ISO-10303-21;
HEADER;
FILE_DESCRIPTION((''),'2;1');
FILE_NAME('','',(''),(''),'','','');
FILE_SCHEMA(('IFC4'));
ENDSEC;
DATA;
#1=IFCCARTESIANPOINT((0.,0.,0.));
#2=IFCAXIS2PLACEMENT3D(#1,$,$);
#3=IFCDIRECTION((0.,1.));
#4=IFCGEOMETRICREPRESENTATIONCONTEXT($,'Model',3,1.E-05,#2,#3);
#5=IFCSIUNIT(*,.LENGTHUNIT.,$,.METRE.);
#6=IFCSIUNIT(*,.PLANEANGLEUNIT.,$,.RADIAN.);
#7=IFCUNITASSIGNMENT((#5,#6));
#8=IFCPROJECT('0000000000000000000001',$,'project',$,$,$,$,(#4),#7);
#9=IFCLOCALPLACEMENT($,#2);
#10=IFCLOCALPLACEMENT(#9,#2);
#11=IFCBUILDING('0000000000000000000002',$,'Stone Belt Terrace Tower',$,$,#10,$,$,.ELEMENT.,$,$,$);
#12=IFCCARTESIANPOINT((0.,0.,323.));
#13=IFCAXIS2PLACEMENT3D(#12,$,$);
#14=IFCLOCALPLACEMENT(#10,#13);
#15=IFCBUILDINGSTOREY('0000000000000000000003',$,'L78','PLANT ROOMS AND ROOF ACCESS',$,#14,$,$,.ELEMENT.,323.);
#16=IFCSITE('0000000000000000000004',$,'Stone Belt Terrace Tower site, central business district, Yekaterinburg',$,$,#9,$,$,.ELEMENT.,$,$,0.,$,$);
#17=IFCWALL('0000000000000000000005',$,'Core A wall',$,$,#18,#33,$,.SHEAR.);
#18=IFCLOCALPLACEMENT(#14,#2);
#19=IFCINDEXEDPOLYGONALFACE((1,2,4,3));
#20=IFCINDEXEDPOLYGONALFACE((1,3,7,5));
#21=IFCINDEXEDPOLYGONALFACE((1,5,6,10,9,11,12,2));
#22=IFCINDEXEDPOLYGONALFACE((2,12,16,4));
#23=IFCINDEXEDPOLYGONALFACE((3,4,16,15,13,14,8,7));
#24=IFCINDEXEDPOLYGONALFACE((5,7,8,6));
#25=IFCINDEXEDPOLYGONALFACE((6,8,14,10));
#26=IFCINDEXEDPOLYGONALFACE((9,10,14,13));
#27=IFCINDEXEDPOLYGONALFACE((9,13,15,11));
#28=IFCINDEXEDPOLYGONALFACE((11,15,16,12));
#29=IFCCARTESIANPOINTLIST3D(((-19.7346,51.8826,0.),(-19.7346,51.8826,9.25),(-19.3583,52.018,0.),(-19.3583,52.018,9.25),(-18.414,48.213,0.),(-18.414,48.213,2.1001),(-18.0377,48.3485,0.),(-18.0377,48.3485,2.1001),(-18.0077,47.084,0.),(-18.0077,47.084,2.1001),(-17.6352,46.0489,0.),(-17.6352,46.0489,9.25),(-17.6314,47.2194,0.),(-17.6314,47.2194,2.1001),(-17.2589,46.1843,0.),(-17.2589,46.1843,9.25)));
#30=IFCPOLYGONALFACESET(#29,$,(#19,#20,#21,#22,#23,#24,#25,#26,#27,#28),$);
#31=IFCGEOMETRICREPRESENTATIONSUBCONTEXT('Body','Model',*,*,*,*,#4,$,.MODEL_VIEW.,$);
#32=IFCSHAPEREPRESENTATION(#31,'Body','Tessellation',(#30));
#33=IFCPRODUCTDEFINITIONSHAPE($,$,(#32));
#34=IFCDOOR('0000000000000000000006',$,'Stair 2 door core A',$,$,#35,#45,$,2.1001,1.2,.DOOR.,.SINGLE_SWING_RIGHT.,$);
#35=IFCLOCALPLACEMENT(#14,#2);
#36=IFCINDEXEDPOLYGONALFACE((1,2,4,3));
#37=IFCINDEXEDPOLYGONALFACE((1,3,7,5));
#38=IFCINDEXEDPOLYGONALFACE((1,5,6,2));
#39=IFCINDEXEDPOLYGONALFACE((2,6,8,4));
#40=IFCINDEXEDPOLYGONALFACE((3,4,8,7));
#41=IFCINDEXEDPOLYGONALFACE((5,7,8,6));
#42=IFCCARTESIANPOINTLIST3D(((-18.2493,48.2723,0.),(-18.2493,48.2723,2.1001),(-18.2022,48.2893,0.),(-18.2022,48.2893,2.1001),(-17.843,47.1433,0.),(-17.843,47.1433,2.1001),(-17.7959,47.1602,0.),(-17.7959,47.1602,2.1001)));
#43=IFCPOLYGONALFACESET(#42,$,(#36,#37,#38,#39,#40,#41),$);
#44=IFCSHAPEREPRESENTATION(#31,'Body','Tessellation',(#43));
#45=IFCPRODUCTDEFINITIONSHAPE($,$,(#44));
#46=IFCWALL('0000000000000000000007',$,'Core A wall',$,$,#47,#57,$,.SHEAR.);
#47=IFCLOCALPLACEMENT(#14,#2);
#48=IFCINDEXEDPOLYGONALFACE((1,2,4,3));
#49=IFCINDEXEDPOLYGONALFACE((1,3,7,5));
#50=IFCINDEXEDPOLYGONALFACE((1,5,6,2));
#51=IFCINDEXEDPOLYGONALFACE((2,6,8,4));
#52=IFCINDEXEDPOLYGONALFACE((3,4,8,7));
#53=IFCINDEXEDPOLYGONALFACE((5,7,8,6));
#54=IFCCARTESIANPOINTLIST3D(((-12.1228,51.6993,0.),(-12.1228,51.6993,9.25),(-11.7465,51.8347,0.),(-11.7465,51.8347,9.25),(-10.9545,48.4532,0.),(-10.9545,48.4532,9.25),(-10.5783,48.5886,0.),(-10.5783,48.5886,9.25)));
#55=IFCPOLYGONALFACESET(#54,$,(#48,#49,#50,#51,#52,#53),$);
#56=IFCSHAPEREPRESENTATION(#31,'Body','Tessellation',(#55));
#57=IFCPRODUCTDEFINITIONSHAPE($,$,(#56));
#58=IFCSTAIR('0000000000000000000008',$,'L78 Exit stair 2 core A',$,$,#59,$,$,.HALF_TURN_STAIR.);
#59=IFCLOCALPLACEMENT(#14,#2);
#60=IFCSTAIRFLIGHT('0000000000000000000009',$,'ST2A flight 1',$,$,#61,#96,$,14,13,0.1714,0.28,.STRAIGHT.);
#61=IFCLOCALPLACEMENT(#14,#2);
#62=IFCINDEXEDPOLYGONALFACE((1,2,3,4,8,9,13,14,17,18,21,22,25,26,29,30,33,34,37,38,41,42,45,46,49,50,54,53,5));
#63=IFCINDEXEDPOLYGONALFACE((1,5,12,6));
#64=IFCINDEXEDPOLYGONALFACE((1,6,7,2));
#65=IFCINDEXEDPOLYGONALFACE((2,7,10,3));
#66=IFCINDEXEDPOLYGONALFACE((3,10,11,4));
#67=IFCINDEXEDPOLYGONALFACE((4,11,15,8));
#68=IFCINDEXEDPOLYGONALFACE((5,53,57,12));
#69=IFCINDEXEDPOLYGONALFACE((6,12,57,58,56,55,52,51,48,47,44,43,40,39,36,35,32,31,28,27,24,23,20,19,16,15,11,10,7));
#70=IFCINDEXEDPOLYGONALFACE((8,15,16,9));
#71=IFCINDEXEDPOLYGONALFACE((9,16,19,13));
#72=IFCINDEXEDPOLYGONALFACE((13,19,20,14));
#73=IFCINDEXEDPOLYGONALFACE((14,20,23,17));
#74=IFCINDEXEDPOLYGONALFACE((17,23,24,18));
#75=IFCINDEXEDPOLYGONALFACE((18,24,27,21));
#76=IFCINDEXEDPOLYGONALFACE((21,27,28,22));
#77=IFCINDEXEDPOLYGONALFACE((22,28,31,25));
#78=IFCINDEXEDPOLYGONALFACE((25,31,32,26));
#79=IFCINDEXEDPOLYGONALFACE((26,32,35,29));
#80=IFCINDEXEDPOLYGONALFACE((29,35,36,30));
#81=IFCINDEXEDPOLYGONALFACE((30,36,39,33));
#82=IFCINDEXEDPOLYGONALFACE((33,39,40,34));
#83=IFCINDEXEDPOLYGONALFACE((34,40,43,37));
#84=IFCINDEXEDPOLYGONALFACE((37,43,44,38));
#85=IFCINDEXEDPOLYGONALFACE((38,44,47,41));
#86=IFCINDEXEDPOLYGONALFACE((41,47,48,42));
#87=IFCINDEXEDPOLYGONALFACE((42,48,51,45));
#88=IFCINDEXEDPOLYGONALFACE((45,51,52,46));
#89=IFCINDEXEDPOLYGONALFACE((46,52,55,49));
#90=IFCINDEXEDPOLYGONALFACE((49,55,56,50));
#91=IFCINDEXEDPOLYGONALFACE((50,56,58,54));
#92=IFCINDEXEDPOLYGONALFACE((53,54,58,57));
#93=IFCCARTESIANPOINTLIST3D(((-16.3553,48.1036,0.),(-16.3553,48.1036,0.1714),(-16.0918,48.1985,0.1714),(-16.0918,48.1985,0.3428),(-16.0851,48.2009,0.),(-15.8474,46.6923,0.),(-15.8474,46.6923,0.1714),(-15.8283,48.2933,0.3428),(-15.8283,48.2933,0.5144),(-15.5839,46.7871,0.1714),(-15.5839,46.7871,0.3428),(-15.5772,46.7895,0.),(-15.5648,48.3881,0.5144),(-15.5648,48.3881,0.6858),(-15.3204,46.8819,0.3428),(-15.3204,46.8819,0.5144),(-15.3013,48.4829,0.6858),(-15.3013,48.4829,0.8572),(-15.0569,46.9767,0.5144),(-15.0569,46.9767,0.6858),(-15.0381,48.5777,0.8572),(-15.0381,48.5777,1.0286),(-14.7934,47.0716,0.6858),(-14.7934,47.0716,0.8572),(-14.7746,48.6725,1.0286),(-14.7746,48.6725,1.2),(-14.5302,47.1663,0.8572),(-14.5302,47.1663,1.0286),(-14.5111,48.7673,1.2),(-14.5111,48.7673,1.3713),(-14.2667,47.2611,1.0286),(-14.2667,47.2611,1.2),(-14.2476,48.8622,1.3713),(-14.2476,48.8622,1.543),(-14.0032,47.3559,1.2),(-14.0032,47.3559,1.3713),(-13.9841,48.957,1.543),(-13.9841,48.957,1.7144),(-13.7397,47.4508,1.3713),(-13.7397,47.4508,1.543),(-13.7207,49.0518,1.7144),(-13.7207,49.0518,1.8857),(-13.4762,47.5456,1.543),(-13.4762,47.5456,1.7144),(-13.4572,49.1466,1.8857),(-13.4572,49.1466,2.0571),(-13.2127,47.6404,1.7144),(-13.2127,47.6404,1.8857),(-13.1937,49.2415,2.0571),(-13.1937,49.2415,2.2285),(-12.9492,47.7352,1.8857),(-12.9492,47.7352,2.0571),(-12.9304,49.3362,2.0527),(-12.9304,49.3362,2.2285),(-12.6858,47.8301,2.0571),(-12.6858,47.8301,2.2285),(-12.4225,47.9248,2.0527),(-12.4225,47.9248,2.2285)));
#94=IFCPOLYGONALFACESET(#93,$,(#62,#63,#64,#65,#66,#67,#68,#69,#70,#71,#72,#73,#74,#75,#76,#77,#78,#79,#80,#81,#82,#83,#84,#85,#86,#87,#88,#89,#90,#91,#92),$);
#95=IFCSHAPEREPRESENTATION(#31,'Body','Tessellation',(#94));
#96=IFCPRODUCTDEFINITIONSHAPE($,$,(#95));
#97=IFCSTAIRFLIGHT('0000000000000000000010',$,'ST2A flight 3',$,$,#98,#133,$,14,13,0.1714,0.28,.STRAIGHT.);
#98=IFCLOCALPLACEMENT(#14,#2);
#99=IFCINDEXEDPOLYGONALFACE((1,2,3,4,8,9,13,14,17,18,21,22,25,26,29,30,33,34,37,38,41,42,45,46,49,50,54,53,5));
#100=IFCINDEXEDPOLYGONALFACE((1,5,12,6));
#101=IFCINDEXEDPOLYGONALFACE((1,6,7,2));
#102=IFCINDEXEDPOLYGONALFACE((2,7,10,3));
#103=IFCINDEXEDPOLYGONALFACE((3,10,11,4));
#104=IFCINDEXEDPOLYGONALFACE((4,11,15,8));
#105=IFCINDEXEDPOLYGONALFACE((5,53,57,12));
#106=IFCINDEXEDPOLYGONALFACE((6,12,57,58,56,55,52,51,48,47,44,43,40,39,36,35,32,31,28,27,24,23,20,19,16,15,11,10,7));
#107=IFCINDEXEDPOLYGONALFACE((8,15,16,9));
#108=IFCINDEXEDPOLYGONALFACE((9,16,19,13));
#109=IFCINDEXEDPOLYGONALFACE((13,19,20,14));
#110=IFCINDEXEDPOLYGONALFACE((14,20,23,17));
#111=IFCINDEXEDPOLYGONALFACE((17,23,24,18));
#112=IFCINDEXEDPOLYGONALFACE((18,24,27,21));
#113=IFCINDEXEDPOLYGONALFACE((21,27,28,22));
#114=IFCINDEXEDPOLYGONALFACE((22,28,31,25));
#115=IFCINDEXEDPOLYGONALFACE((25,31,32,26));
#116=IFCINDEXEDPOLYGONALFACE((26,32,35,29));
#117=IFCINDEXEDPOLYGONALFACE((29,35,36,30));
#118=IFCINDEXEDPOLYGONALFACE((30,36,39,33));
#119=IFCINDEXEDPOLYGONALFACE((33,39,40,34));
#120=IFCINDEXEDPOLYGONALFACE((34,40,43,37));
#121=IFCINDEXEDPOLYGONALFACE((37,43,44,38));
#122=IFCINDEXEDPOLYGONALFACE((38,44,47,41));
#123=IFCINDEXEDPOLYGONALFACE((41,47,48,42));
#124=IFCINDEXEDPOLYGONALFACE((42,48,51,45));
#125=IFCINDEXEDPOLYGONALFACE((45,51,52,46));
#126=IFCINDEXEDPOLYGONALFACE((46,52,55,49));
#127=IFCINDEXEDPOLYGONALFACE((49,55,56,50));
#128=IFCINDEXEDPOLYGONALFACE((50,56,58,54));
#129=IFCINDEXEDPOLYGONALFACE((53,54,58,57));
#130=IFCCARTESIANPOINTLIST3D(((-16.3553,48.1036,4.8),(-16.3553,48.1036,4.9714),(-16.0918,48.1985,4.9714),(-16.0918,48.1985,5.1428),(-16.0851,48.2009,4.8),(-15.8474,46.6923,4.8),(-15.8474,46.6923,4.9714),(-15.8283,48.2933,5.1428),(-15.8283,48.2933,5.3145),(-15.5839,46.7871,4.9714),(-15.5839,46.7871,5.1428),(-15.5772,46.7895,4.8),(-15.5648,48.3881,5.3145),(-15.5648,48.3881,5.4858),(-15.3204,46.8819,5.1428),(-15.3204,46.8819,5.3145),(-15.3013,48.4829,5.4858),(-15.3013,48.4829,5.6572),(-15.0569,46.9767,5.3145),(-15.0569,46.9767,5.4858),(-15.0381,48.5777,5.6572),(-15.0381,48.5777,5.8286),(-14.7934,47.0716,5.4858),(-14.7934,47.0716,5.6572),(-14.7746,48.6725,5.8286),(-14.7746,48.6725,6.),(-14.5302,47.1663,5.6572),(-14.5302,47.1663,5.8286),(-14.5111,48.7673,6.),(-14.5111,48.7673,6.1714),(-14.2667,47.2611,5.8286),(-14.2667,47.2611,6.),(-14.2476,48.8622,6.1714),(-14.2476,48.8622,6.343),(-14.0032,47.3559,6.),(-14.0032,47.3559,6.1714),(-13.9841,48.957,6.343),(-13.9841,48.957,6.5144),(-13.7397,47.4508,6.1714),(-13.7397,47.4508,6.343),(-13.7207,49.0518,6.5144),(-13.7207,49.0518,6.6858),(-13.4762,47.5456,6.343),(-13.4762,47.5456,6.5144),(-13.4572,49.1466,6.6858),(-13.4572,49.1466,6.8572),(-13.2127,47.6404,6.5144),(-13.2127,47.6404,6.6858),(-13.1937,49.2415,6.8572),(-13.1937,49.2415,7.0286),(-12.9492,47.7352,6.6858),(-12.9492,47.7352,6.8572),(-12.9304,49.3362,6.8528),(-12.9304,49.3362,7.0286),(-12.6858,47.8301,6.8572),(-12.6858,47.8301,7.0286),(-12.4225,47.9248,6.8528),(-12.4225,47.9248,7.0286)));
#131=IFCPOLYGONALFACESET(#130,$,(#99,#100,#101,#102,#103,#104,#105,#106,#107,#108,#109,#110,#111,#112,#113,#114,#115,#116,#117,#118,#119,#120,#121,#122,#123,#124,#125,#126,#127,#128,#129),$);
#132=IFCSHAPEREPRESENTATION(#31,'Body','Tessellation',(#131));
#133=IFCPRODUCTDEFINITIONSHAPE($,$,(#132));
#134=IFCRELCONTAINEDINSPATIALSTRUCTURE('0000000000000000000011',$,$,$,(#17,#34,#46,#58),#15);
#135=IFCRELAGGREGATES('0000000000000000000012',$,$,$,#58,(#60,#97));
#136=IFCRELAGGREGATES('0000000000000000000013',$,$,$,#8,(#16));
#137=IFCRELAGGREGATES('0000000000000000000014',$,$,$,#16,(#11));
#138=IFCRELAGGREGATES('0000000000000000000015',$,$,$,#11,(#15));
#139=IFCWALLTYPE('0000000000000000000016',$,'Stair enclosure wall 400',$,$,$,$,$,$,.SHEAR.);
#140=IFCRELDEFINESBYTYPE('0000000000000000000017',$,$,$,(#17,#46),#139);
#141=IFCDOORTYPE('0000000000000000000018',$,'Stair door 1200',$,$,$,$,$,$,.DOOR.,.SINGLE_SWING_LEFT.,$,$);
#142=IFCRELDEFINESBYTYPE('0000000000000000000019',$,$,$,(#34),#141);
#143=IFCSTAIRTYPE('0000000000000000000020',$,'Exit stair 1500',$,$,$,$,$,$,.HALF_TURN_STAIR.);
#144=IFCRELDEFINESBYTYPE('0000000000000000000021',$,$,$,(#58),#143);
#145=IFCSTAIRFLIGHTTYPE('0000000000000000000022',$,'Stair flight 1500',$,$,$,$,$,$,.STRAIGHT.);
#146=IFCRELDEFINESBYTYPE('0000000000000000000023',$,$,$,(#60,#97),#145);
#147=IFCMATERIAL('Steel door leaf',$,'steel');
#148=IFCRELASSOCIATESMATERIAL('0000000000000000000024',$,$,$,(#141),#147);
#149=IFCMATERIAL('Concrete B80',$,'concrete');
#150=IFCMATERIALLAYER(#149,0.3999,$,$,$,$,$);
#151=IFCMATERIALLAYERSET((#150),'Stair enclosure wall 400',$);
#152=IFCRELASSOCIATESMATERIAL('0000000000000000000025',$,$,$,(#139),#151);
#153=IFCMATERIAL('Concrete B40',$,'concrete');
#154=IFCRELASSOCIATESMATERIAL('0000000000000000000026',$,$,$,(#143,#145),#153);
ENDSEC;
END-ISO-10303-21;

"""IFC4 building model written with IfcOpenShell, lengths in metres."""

from ifc_helpers import new_model, si_unit, direction, frame, frame_2d, origin, place, context, subcontext, project, spatial, polyline, rectangle, outline, extrude, material, layer, layer_set, type_object, element, fill, aggregate, save


model = new_model("IFC4")

# Units and contexts
model_context = context("Model", 3, precision=1e-05, world=origin(), true_north=direction((0.0, 1.0)))
body_context = subcontext(model_context, "Body", "Model", "MODEL_VIEW")
ifc_project = project(units=[si_unit("LENGTHUNIT", "METRE"), si_unit("PLANEANGLEUNIT", "RADIAN")], contexts=[model_context])

# Site, building, storey
site_placement = place(None, origin())
site = spatial("IfcSite", under=ifc_project, at=site_placement, Name="Stone Belt Terrace Tower site, central business district, Yekaterinburg", CompositionType="ELEMENT", RefElevation=0.0)
building_placement = place(site_placement, origin())
building = spatial("IfcBuilding", under=site, at=building_placement, Name="Stone Belt Terrace Tower", CompositionType="ELEMENT")
storey_placement = place(building_placement, frame((0.0, 0.0, 323.0)))
storey = spatial("IfcBuildingStorey", under=building, at=storey_placement, Name="L78", Description="PLANT ROOMS AND ROOF ACCESS", CompositionType="ELEMENT", Elevation=323.0)

# Wall, opening, door
ifc_material_1 = material(Name="Steel door leaf", Category="steel")
door_type_1 = type_object("IfcDoorType", Name="Stair door 1200", OperationType="SINGLE_SWING_LEFT", PredefinedType="DOOR", material=ifc_material_1)
ifc_material_2 = material(Name="Concrete B80", Category="concrete")
ifc_layer_1 = layer(ifc_material_2, 0.3999)
ifc_layer_set_1 = layer_set([ifc_layer_1], Name="Stair enclosure wall 400")
wall_type_1 = type_object("IfcWallType", Name="Stair enclosure wall 400", PredefinedType="SHEAR", material=ifc_layer_set_1)
wall_1_placement = place(storey_placement, frame((-17.447, 46.1165, 0.0), z_axis=(0.0, 0.0, 1.0), x_axis=(-0.338608, 0.940928, 0.0)))
wall_1 = element("IfcWall", 1, at=wall_1_placement, inside=storey, type_object=wall_type_1, Name="Core A wall", PredefinedType="SHEAR", context=body_context, shape_type="SweptSolid", body=[
    extrude(rectangle(XDim=6.2, YDim=0.3999, at=frame_2d((3.1001, 0.0))), origin(), (0.0, 0.0, 1.0), 9.25),
])
opening_1_placement = place(wall_1_placement, frame((1.1001, 0.0, 0.0)))
opening_1 = element("IfcOpeningElement", 2, at=opening_1_placement, cuts=wall_1, PredefinedType="OPENING", context=body_context, shape_type="SweptSolid", body=[
    extrude(rectangle(XDim=1.2, YDim=2.1001, at=frame_2d((0.6001, 1.05))), frame((0.0, 0.21, 0.0), z_axis=(0.0, -1.0, 0.0), x_axis=(1.0, 0.0, 0.0)), (0.0, 0.0, 1.0), 0.4199),
])
door_1_placement = place(opening_1_placement, origin())
door_1 = element("IfcDoor", 3, at=door_1_placement, inside=storey, type_object=door_type_1, Name="Stair 2 door core A", OperationType="SINGLE_SWING_RIGHT", OverallHeight=2.1001, OverallWidth=1.2, PredefinedType="DOOR", context=body_context, shape_type="SweptSolid", body=[
    extrude(rectangle(XDim=1.2, YDim=2.1001, at=frame_2d((0.6001, 1.05))), frame((0.0, 0.0249, 0.0), z_axis=(0.0, -1.0, 0.0), x_axis=(1.0, 0.0, 0.0)), (0.0, 0.0, 1.0), 0.05),
])
fill(opening_1, door_1)

# Wall
wall_2_placement = place(storey_placement, frame((-10.7664, 48.5208, 0.0), z_axis=(0.0, 0.0, 1.0), x_axis=(-0.338622, 0.940923, 0.0)))
element("IfcWall", 4, at=wall_2_placement, inside=storey, type_object=wall_type_1, Name="Core A wall", PredefinedType="SHEAR", context=body_context, shape_type="SweptSolid", body=[
    extrude(rectangle(XDim=3.45, YDim=0.3999, at=frame_2d((1.7251, 0.0))), origin(), (0.0, 0.0, 1.0), 9.25),
])

# Stair, stair flights
ifc_material_3 = material(Name="Concrete B40", Category="concrete")
stair_type = type_object("IfcStairType", Name="Exit stair 1500", PredefinedType="HALF_TURN_STAIR", material=ifc_material_3)
stair_placement = place(storey_placement, origin())
stair = element("IfcStair", 5, at=stair_placement, inside=storey, type_object=stair_type, Name="L78 Exit stair 2 core A", PredefinedType="HALF_TURN_STAIR")
stair_flight_type = type_object("IfcStairFlightType", Name="Stair flight 1500", PredefinedType="STRAIGHT", material=ifc_material_3)
stair_flight_1_placement = place(storey_placement, frame((-16.1013, 47.3979, 0.0), z_axis=(0.0, 0.0, 1.0), x_axis=(0.940922, 0.338624, 0.0)))
stair_flight_1 = element("IfcStairFlight", 6, at=stair_flight_1_placement, type_object=stair_flight_type, Name="ST2A flight 1", NumberOfRisers=14, NumberOfTreads=13, PredefinedType="STRAIGHT", RiserHeight=0.1714, TreadLength=0.28, context=body_context, shape_type="SweptSolid", body=[
    extrude(outline(polyline([(0.0, 0.0), (0.0, 0.1714), (0.28, 0.1714), (0.28, 0.3428), (0.5601, 0.3428), (0.5601, 0.5144), (0.8401, 0.5144), (0.8401, 0.6858), (1.1201, 0.6858), (1.1201, 0.8572), (1.3999, 0.8572), (1.3999, 1.0286), (1.6799, 1.0286), (1.6799, 1.2), (1.96, 1.2), (1.96, 1.3713), (2.24, 1.3713), (2.24, 1.543), (2.52, 1.543), (2.52, 1.7144), (2.8, 1.7144), (2.8, 1.8857), (3.0801, 1.8857), (3.0801, 2.0571), (3.3601, 2.0571), (3.3601, 2.2285), (3.6399, 2.2285), (3.6399, 2.3999), (3.6399, 2.0527), (0.2871, 0.0), (0.0, 0.0)])), frame((0.0, 0.75, 0.0), z_axis=(0.0, -1.0, 0.0), x_axis=(1.0, 0.0, 0.0)), (0.0, 0.0, 1.0), 1.5),
])
stair_flight_2_placement = place(storey_placement, frame((-16.1013, 47.3979, 4.8), z_axis=(0.0, 0.0, 1.0), x_axis=(0.940922, 0.338624, 0.0)))
stair_flight_2 = element("IfcStairFlight", 7, at=stair_flight_2_placement, type_object=stair_flight_type, Name="ST2A flight 3", NumberOfRisers=14, NumberOfTreads=13, PredefinedType="STRAIGHT", RiserHeight=0.1714, TreadLength=0.28, context=body_context, shape_type="SweptSolid", body=[
    extrude(outline(polyline([(0.0, 0.0), (0.0, 0.1714), (0.28, 0.1714), (0.28, 0.3428), (0.5601, 0.3428), (0.5601, 0.5144), (0.8401, 0.5144), (0.8401, 0.6858), (1.1201, 0.6858), (1.1201, 0.8572), (1.3999, 0.8572), (1.3999, 1.0286), (1.6799, 1.0286), (1.6799, 1.2), (1.96, 1.2), (1.96, 1.3713), (2.24, 1.3713), (2.24, 1.543), (2.52, 1.543), (2.52, 1.7144), (2.8, 1.7144), (2.8, 1.8857), (3.0801, 1.8857), (3.0801, 2.0571), (3.3601, 2.0571), (3.3601, 2.2285), (3.6399, 2.2285), (3.6399, 2.3999), (3.6399, 2.0527), (0.2871, 0.0), (0.0, 0.0)])), frame((0.0, 0.75, 0.0), z_axis=(0.0, -1.0, 0.0), x_axis=(1.0, 0.0, 0.0)), (0.0, 0.0, 1.0), 1.5),
])
aggregate(stair, [stair_flight_1, stair_flight_2])

save(model, "model.ifc")
